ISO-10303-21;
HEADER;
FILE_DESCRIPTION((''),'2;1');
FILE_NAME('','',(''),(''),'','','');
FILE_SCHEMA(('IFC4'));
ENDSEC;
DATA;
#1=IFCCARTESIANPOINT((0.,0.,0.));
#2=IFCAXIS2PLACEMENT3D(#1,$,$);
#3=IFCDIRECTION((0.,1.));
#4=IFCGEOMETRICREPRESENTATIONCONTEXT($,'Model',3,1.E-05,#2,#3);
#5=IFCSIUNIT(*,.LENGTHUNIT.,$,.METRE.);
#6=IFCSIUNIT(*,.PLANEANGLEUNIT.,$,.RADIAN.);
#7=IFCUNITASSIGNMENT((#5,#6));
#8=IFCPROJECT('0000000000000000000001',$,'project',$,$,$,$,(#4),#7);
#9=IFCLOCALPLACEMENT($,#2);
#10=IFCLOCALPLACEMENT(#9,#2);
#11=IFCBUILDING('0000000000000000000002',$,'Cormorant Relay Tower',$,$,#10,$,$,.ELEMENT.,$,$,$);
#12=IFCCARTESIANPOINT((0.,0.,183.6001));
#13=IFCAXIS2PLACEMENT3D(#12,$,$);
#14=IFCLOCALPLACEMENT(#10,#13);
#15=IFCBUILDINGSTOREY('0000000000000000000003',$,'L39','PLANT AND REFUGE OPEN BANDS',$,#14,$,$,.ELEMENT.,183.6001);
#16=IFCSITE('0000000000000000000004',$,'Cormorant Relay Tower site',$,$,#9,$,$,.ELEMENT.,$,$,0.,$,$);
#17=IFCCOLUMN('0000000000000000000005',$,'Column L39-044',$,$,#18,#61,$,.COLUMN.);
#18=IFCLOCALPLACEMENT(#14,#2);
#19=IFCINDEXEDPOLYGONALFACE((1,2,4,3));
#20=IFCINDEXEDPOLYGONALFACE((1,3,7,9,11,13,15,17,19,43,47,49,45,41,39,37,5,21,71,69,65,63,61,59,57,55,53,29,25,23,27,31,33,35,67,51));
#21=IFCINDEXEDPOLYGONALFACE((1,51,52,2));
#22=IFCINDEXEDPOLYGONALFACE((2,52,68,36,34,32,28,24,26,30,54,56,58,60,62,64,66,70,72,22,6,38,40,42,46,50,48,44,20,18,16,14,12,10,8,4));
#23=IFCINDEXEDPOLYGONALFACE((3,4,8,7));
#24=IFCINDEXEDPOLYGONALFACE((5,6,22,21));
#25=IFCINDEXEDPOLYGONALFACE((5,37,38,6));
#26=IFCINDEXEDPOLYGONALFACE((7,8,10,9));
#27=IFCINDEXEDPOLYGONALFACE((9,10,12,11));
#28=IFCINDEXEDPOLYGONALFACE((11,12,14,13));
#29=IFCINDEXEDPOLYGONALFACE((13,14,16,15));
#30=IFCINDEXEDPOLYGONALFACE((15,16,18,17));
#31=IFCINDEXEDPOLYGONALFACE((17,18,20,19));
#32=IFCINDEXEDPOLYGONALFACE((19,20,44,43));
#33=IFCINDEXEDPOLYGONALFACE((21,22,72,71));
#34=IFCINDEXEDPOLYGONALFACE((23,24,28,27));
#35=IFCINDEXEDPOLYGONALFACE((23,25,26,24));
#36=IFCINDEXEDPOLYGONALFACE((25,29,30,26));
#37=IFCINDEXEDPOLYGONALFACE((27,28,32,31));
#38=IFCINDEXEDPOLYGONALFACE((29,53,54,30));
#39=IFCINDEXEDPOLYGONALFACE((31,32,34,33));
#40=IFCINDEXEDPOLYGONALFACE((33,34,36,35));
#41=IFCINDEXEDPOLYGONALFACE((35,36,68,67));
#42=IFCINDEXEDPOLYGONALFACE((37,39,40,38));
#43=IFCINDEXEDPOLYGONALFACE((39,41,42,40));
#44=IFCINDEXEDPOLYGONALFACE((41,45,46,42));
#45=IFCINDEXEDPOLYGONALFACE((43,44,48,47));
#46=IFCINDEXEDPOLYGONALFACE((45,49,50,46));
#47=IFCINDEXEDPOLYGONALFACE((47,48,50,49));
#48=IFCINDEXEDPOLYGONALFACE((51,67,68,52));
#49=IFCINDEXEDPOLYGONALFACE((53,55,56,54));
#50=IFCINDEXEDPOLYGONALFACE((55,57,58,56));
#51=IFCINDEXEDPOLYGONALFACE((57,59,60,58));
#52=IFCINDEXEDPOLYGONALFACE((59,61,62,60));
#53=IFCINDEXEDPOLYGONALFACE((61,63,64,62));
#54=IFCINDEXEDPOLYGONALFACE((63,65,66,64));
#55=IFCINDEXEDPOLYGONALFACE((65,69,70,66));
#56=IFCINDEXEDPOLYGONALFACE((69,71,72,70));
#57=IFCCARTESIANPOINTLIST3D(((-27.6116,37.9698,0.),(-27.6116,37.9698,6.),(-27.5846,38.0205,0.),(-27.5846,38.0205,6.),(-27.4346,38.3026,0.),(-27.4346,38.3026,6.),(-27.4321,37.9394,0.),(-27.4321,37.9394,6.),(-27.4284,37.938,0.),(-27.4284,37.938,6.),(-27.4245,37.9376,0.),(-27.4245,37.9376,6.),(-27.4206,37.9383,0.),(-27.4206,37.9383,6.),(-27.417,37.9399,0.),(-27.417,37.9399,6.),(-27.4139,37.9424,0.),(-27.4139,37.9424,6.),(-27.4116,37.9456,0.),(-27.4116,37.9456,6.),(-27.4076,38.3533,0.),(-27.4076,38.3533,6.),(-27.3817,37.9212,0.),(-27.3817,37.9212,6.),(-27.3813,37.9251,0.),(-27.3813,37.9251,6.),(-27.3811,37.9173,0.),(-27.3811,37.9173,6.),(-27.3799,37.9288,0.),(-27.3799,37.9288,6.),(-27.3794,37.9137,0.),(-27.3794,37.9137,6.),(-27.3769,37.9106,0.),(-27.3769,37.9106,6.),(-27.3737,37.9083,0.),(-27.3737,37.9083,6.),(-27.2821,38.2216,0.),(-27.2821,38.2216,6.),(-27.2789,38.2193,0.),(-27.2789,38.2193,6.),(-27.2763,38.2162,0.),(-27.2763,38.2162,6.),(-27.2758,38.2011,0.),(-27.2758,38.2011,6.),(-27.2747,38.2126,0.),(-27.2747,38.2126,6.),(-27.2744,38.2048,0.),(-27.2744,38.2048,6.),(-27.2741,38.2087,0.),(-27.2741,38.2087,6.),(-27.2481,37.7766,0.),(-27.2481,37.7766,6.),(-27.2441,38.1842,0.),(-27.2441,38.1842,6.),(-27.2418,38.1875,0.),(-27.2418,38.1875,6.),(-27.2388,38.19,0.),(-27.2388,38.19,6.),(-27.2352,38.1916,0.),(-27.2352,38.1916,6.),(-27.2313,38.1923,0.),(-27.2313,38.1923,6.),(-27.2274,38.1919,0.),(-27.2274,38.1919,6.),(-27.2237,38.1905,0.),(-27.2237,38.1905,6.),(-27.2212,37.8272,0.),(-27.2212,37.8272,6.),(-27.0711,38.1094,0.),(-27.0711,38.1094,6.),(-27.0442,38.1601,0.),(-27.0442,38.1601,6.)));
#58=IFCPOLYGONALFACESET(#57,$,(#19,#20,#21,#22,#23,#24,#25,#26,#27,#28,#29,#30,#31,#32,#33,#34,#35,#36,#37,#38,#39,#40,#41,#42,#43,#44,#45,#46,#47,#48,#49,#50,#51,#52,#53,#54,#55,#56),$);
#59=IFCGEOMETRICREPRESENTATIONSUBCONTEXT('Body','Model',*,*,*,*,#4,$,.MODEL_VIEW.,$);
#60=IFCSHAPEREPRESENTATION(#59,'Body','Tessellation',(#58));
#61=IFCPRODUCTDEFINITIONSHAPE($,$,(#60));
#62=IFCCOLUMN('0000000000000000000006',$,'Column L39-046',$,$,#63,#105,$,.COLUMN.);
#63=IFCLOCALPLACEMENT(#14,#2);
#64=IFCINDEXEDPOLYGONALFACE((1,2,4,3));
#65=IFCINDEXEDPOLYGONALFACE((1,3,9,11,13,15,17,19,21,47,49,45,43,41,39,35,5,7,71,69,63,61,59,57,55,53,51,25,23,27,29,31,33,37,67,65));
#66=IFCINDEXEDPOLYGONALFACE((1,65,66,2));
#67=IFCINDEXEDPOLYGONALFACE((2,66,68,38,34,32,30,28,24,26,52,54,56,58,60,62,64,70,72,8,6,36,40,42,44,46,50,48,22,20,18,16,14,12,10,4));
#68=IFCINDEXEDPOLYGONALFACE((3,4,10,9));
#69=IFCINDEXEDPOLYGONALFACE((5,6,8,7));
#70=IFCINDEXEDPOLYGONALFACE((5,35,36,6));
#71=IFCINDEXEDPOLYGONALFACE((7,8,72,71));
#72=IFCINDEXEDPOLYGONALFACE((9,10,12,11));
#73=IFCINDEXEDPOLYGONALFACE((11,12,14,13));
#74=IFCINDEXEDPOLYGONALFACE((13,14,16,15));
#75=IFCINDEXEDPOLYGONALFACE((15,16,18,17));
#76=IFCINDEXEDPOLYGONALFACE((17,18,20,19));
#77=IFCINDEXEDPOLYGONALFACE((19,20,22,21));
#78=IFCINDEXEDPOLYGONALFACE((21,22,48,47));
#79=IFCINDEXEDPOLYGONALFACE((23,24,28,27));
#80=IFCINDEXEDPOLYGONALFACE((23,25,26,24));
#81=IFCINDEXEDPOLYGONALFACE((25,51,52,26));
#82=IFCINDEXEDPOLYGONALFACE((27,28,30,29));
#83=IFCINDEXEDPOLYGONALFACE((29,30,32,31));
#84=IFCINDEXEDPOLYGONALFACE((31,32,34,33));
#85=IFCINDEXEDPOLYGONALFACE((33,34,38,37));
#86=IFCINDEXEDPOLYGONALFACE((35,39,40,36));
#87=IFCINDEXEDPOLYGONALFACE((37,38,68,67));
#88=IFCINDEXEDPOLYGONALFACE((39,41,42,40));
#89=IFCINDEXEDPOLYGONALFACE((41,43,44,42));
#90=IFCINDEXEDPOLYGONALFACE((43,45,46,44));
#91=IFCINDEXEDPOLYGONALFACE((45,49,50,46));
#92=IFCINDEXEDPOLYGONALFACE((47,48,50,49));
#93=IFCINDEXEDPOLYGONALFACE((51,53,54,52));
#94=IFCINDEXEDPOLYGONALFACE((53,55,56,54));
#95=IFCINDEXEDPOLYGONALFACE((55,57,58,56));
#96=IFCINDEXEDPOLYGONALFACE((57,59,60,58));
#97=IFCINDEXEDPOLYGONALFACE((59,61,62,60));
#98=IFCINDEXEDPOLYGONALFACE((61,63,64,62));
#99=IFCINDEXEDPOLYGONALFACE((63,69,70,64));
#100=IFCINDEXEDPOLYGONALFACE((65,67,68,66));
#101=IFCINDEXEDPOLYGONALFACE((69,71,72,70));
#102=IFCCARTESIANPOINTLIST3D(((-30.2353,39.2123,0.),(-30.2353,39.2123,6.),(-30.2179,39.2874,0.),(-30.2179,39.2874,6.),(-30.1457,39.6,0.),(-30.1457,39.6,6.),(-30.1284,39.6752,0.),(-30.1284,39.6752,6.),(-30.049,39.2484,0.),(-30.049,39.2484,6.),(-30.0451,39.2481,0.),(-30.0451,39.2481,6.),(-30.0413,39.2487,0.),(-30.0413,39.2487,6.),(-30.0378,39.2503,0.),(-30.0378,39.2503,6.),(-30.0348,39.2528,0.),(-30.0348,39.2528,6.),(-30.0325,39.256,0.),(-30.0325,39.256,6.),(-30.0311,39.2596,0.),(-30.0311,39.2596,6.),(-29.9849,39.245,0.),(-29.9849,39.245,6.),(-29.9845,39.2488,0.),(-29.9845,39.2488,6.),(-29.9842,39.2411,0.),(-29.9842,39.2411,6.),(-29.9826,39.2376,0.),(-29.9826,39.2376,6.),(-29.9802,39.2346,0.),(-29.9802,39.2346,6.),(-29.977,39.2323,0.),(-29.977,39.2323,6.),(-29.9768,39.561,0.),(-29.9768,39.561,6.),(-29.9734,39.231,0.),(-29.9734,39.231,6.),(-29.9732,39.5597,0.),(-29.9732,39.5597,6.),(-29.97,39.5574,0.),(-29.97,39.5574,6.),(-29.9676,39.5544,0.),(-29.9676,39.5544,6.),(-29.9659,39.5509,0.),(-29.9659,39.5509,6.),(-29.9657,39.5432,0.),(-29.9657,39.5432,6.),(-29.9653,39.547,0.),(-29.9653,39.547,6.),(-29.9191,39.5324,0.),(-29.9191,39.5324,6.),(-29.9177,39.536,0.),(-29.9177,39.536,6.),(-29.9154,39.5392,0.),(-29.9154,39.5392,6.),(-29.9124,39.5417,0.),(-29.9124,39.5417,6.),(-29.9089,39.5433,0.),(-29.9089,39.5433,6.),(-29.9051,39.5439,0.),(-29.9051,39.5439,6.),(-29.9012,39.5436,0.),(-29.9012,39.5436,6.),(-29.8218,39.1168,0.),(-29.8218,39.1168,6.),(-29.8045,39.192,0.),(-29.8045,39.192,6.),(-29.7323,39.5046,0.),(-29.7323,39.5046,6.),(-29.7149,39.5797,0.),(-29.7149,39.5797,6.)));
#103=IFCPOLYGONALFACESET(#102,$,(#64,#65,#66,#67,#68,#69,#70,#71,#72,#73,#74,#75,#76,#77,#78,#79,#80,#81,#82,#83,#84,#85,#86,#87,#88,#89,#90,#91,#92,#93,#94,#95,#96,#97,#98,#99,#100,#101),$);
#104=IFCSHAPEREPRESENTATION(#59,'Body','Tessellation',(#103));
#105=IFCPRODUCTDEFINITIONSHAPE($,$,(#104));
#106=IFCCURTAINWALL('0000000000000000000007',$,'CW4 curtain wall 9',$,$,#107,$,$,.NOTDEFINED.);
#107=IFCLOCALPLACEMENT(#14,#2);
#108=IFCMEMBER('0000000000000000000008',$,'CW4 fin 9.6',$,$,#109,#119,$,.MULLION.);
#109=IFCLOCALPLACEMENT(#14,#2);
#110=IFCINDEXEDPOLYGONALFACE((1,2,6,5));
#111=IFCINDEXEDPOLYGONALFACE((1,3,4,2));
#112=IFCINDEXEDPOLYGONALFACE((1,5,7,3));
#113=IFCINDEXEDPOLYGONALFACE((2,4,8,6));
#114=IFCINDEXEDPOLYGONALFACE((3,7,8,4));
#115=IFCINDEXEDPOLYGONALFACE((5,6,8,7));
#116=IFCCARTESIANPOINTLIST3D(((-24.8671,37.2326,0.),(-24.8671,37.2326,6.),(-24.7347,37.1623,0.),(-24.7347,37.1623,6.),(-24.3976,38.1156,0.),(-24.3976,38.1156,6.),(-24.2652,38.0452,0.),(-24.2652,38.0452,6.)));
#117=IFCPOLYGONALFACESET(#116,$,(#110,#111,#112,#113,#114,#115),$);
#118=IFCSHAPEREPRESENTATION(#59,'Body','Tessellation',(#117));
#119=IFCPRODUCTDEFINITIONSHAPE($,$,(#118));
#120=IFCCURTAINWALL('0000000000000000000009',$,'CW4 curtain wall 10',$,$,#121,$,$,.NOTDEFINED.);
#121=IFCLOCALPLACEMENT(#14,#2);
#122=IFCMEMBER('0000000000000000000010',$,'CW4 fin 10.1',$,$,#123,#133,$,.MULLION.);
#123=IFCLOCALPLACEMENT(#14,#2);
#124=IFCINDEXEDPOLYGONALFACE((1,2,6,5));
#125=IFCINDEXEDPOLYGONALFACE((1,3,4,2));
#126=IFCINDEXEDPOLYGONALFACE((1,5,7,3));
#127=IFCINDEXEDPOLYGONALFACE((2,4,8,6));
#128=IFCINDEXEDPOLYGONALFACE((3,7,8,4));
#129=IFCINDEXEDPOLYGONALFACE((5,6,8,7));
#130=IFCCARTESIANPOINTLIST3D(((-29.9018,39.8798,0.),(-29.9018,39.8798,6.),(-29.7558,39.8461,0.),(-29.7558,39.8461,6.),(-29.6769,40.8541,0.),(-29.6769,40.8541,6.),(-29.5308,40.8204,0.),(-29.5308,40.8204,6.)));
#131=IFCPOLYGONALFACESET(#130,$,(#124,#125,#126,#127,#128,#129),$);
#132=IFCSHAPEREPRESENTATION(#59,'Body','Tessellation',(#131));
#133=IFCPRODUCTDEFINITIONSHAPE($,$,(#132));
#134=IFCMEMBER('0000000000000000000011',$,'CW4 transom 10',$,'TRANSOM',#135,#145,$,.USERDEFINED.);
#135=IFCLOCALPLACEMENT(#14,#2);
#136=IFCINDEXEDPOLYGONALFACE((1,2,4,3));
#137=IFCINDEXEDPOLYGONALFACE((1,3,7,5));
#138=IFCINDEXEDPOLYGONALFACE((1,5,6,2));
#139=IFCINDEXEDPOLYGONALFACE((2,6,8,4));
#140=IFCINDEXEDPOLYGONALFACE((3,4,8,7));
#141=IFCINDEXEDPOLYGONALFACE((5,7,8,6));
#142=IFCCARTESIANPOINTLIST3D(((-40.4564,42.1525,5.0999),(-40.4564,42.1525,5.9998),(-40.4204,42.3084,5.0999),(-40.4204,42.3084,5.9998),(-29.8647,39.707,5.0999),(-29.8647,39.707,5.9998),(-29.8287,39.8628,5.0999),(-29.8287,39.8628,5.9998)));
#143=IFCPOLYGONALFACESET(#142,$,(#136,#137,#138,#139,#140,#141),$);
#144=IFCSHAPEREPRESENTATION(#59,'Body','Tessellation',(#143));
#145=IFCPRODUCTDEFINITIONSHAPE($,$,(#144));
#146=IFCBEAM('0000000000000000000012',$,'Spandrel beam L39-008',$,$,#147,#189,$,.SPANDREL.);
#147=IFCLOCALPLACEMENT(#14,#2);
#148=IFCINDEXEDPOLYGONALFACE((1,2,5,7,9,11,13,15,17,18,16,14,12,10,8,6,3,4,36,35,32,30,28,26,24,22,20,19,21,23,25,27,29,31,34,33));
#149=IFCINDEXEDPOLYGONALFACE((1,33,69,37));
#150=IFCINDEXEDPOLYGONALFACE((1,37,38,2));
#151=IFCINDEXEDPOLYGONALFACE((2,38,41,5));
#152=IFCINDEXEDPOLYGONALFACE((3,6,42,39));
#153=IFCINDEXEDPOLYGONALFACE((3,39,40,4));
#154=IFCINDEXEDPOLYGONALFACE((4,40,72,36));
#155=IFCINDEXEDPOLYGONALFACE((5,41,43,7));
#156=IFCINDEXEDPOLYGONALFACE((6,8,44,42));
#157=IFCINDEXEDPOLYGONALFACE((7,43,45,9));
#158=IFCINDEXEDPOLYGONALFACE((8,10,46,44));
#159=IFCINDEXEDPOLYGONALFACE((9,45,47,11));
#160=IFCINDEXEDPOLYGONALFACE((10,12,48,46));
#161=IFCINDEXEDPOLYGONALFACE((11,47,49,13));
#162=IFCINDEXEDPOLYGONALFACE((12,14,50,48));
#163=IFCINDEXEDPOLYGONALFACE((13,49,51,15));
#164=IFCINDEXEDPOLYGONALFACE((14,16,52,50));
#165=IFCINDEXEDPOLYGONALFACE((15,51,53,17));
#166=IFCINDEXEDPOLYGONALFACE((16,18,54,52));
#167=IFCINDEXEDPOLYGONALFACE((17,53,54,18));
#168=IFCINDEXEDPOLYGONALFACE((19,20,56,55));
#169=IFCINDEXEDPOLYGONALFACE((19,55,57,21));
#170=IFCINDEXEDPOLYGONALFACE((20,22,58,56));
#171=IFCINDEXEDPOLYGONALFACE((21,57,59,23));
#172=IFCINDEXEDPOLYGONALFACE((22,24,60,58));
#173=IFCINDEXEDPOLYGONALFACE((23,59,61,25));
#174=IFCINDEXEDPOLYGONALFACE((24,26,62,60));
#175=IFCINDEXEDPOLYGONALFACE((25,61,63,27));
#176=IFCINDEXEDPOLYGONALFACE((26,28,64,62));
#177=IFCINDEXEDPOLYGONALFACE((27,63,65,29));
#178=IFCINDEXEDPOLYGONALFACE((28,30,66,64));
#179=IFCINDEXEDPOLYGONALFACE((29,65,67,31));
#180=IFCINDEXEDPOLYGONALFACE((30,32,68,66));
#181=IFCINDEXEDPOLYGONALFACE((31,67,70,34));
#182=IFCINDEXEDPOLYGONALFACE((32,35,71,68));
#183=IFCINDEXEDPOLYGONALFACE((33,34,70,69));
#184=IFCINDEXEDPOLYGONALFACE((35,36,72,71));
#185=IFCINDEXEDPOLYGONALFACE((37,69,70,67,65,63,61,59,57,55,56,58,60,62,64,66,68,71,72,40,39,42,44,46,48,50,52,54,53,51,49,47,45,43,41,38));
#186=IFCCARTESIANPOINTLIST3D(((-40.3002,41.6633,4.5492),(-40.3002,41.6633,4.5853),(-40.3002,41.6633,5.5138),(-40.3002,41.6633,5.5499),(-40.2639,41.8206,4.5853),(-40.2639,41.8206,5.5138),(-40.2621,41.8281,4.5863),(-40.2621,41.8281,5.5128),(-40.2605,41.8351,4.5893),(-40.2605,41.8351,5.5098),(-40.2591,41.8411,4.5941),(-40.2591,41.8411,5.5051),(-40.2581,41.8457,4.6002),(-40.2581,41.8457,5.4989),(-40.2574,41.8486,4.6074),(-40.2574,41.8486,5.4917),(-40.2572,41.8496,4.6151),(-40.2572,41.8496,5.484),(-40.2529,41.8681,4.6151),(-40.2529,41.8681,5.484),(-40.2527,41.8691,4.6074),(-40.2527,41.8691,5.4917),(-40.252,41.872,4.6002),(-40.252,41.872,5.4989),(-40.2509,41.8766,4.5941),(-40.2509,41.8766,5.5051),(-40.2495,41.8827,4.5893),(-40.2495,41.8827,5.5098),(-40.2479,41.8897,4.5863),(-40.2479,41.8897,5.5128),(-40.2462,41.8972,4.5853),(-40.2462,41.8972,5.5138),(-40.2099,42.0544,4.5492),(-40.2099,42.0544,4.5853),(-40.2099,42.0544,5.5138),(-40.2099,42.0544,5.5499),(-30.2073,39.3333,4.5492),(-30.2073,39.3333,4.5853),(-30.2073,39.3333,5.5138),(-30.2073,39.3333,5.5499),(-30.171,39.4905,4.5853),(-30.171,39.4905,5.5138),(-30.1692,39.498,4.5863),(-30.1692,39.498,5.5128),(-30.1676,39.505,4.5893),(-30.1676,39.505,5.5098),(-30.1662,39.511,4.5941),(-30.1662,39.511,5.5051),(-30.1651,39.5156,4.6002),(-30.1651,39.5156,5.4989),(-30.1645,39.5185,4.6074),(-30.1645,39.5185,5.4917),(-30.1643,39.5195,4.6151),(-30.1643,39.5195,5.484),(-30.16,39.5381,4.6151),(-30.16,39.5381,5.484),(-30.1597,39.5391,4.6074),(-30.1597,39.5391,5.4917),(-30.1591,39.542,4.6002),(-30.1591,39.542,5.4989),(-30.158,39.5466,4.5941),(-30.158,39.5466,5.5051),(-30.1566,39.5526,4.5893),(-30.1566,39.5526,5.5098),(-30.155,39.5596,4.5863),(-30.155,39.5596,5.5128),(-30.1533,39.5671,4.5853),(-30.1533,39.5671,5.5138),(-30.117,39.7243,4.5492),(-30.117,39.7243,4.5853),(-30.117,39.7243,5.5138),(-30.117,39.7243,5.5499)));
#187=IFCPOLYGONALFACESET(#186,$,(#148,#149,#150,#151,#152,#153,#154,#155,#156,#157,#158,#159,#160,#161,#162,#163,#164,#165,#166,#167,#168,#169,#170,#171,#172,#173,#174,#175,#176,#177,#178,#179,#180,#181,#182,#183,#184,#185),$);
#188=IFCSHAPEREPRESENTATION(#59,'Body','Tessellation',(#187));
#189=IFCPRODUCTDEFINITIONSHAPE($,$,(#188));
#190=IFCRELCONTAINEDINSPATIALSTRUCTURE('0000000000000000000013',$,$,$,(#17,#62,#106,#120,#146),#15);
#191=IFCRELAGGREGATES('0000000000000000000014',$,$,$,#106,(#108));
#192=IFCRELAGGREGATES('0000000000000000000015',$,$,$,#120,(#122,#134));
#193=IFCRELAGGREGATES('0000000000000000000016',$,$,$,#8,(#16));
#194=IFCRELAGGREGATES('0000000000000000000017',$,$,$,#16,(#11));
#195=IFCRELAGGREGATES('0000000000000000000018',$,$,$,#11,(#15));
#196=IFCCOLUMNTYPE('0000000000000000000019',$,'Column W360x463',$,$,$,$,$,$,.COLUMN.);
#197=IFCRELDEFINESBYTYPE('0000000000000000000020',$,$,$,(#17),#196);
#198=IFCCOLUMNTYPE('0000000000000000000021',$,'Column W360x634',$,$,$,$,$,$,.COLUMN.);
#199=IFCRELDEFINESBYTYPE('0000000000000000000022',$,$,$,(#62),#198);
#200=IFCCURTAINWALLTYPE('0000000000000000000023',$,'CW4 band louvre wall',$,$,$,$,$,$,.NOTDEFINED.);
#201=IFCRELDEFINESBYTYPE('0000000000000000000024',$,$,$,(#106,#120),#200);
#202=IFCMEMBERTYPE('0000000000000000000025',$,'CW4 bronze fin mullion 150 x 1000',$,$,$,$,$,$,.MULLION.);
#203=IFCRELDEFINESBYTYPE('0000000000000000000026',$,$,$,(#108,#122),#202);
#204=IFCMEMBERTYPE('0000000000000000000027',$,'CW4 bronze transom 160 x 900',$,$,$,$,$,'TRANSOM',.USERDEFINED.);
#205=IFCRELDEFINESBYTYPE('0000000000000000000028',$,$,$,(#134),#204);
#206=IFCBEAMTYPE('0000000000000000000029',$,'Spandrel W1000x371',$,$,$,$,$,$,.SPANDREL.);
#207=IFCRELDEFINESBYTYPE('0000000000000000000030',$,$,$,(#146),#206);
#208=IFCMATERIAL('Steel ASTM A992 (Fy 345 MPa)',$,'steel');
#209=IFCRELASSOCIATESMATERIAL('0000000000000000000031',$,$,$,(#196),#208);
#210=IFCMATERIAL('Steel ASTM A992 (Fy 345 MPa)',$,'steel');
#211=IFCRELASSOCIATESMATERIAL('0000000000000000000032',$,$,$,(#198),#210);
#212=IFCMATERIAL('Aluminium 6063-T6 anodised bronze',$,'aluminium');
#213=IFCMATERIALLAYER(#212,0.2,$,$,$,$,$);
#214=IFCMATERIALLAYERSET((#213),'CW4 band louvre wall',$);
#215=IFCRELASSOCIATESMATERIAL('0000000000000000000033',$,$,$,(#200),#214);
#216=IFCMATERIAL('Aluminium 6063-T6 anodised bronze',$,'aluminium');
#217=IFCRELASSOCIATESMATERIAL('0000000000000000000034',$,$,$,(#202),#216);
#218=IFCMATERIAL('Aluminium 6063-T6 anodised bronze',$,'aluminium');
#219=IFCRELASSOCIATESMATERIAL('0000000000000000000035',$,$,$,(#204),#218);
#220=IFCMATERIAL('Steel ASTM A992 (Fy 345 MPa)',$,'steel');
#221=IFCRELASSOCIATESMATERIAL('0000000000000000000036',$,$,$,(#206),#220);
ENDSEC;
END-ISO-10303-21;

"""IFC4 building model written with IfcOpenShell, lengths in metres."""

from ifc_helpers import new_model, si_unit, direction, frame, origin, origin_2d, place, context, subcontext, project, spatial, rectangle, i_section, extrude, material, layer, layer_set, material_profile, profile_set, type_object, element, aggregate, save


model = new_model("IFC4")

# Units and contexts
model_context = context("Model", 3, precision=1e-05, world=origin(), true_north=direction((0.0, 1.0)))
body_context = subcontext(model_context, "Body", "Model", "MODEL_VIEW")
ifc_project = project(units=[si_unit("LENGTHUNIT", "METRE"), si_unit("PLANEANGLEUNIT", "RADIAN")], contexts=[model_context])

# Site, building, storey
site_placement = place(None, origin())
site = spatial("IfcSite", under=ifc_project, at=site_placement, Name="Cormorant Relay Tower site", CompositionType="ELEMENT", RefElevation=0.0)
building_placement = place(site_placement, origin())
building = spatial("IfcBuilding", under=site, at=building_placement, Name="Cormorant Relay Tower", CompositionType="ELEMENT")
storey_placement = place(building_placement, frame((0.0, 0.0, 183.6001)))
storey = spatial("IfcBuildingStorey", under=building, at=storey_placement, Name="L39", Description="PLANT AND REFUGE OPEN BANDS", CompositionType="ELEMENT", Elevation=183.6001)

# Columns
ifc_material_1 = material(Name="Steel ASTM A992 (Fy 345 MPa)", Category="steel")
ifc_material_profile_1 = material_profile(ifc_material_1, i_section(OverallWidth=0.4116, OverallDepth=0.4343, WebThickness=0.0359, FlangeThickness=0.0574, FilletRadius=0.0151, at=origin_2d()), Name="W360x463")
ifc_profile_set_1 = profile_set([ifc_material_profile_1], Name="Steel ASTM A992 (Fy 345 MPa)")
column_type_1 = type_object("IfcColumnType", Name="Column W360x463", PredefinedType="COLUMN", material=ifc_profile_set_1)
column_1_placement = place(storey_placement, frame((-27.3279, 38.0649, 0.0), z_axis=(0.0, 0.0, 1.0), x_axis=(-0.882948, 0.469472, 0.0)))
element("IfcColumn", 1, at=column_1_placement, inside=storey, type_object=column_type_1, Name="Column L39-044", PredefinedType="COLUMN", context=body_context, shape_type="SweptSolid", body=[
    extrude(i_section(OverallWidth=0.4116, OverallDepth=0.4343, WebThickness=0.0359, FlangeThickness=0.0574, FilletRadius=0.0151, at=origin_2d()), origin(), (0.0, 0.0, 1.0), 6.0),
])
ifc_material_2 = material(Name="Steel ASTM A992 (Fy 345 MPa)", Category="steel")
ifc_material_profile_2 = material_profile(ifc_material_2, i_section(OverallWidth=0.4243, OverallDepth=0.4751, WebThickness=0.0479, FlangeThickness=0.0771, FilletRadius=0.0149, at=origin_2d()), Name="W360x634")
ifc_profile_set_2 = profile_set([ifc_material_profile_2], Name="Steel ASTM A992 (Fy 345 MPa)")
column_type_2 = type_object("IfcColumnType", Name="Column W360x634", PredefinedType="COLUMN", material=ifc_profile_set_2)
column_2_placement = place(storey_placement, frame((-29.9751, 39.396, 0.0), z_axis=(0.0, 0.0, 1.0), x_axis=(-0.97437, 0.224951, 0.0)))
element("IfcColumn", 2, at=column_2_placement, inside=storey, type_object=column_type_2, Name="Column L39-046", PredefinedType="COLUMN", context=body_context, shape_type="SweptSolid", body=[
    extrude(i_section(OverallWidth=0.4243, OverallDepth=0.4751, WebThickness=0.0479, FlangeThickness=0.0771, FilletRadius=0.0149, at=origin_2d()), origin(), (0.0, 0.0, 1.0), 6.0),
])

# Curtain wall, member
ifc_material_3 = material(Name="Aluminium 6063-T6 anodised bronze", Category="aluminium")
ifc_layer_1 = layer(ifc_material_3, 0.2)
ifc_layer_set_1 = layer_set([ifc_layer_1], Name="CW4 band louvre wall")
curtain_wall_type = type_object("IfcCurtainWallType", Name="CW4 band louvre wall", PredefinedType="NOTDEFINED", material=ifc_layer_set_1)
curtain_wall_1_placement = place(storey_placement, origin())
curtain_wall_1 = element("IfcCurtainWall", 3, at=curtain_wall_1_placement, inside=storey, type_object=curtain_wall_type, Name="CW4 curtain wall 9", PredefinedType="NOTDEFINED")
ifc_material_4 = material(Name="Aluminium 6063-T6 anodised bronze", Category="aluminium")
ifc_material_profile_3 = material_profile(ifc_material_4, rectangle(XDim=0.1499, YDim=1.0, at=origin_2d()), Name="AL 150x1000")
ifc_profile_set_3 = profile_set([ifc_material_profile_3], Name="Aluminium 6063-T6 anodised bronze")
member_type_1 = type_object("IfcMemberType", Name="CW4 bronze fin mullion 150 x 1000", PredefinedType="MULLION", material=ifc_profile_set_3)
member_1_placement = place(storey_placement, frame((-24.5662, 37.6389, 0.0), z_axis=(0.0, 0.0, 1.0), x_axis=(-0.882948, 0.469472, 0.0)))
member_1 = element("IfcMember", 4, at=member_1_placement, type_object=member_type_1, Name="CW4 fin 9.6", PredefinedType="MULLION", context=body_context, shape_type="SweptSolid", body=[
    extrude(rectangle(XDim=0.1499, YDim=1.0, at=origin_2d()), origin(), (0.0, 0.0, 1.0), 6.0),
])

# Curtain wall, members
curtain_wall_2_placement = place(storey_placement, origin())
curtain_wall_2 = element("IfcCurtainWall", 5, at=curtain_wall_2_placement, inside=storey, type_object=curtain_wall_type, Name="CW4 curtain wall 10", PredefinedType="NOTDEFINED")
member_2_placement = place(storey_placement, frame((-29.7163, 40.3501, 0.0), z_axis=(0.0, 0.0, 1.0), x_axis=(-0.97437, 0.224951, 0.0)))
member_2 = element("IfcMember", 6, at=member_2_placement, type_object=member_type_1, Name="CW4 fin 10.1", PredefinedType="MULLION", context=body_context, shape_type="SweptSolid", body=[
    extrude(rectangle(XDim=0.1499, YDim=1.0, at=origin_2d()), origin(), (0.0, 0.0, 1.0), 6.0),
])
ifc_material_5 = material(Name="Aluminium 6063-T6 anodised bronze", Category="aluminium")
ifc_material_profile_4 = material_profile(ifc_material_5, rectangle(XDim=0.1599, YDim=0.8999, at=origin_2d()), Name="AL 160x900")
ifc_profile_set_4 = profile_set([ifc_material_profile_4], Name="Aluminium 6063-T6 anodised bronze")
member_type_2 = type_object("IfcMemberType", Name="CW4 bronze transom 160 x 900", ElementType="TRANSOM", PredefinedType="USERDEFINED", material=ifc_profile_set_4)
member_3_placement = place(storey_placement, frame((-29.8467, 39.7849, 5.5498), z_axis=(-0.974365, 0.224973, 0.0), x_axis=(-0.224973, -0.974365, 0.0)))
member_3 = element("IfcMember", 7, at=member_3_placement, type_object=member_type_2, Name="CW4 transom 10", ObjectType="TRANSOM", PredefinedType="USERDEFINED", context=body_context, shape_type="SweptSolid", body=[
    extrude(rectangle(XDim=0.1599, YDim=0.8999, at=origin_2d()), origin(), (0.0, 0.0, 1.0), 10.8704),
])

# Beam
ifc_material_6 = material(Name="Steel ASTM A992 (Fy 345 MPa)", Category="steel")
ifc_material_profile_5 = material_profile(ifc_material_6, i_section(OverallWidth=0.4014, OverallDepth=1.0007, WebThickness=0.019, FlangeThickness=0.0361, FilletRadius=0.0298, at=origin_2d()), Name="W1000x371")
ifc_profile_set_5 = profile_set([ifc_material_profile_5], Name="Steel ASTM A992 (Fy 345 MPa)")
beam_type = type_object("IfcBeamType", Name="Spandrel W1000x371", PredefinedType="SPANDREL", material=ifc_profile_set_5)
beam_placement = place(storey_placement, frame((-30.1621, 39.5288, 5.0496), z_axis=(-0.974372, 0.224944, 0.0), x_axis=(-0.224944, -0.974372, 0.0)))
element("IfcBeam", 8, at=beam_placement, inside=storey, type_object=beam_type, Name="Spandrel beam L39-008", PredefinedType="SPANDREL", context=body_context, shape_type="SweptSolid", body=[
    extrude(i_section(OverallWidth=0.4014, OverallDepth=1.0007, WebThickness=0.019, FlangeThickness=0.0361, FilletRadius=0.0298, at=origin_2d()), origin(), (0.0, 0.0, 1.0), 10.3584),
])

aggregate(curtain_wall_1, [member_1])
aggregate(curtain_wall_2, [member_2, member_3])

save(model, "model.ifc")
